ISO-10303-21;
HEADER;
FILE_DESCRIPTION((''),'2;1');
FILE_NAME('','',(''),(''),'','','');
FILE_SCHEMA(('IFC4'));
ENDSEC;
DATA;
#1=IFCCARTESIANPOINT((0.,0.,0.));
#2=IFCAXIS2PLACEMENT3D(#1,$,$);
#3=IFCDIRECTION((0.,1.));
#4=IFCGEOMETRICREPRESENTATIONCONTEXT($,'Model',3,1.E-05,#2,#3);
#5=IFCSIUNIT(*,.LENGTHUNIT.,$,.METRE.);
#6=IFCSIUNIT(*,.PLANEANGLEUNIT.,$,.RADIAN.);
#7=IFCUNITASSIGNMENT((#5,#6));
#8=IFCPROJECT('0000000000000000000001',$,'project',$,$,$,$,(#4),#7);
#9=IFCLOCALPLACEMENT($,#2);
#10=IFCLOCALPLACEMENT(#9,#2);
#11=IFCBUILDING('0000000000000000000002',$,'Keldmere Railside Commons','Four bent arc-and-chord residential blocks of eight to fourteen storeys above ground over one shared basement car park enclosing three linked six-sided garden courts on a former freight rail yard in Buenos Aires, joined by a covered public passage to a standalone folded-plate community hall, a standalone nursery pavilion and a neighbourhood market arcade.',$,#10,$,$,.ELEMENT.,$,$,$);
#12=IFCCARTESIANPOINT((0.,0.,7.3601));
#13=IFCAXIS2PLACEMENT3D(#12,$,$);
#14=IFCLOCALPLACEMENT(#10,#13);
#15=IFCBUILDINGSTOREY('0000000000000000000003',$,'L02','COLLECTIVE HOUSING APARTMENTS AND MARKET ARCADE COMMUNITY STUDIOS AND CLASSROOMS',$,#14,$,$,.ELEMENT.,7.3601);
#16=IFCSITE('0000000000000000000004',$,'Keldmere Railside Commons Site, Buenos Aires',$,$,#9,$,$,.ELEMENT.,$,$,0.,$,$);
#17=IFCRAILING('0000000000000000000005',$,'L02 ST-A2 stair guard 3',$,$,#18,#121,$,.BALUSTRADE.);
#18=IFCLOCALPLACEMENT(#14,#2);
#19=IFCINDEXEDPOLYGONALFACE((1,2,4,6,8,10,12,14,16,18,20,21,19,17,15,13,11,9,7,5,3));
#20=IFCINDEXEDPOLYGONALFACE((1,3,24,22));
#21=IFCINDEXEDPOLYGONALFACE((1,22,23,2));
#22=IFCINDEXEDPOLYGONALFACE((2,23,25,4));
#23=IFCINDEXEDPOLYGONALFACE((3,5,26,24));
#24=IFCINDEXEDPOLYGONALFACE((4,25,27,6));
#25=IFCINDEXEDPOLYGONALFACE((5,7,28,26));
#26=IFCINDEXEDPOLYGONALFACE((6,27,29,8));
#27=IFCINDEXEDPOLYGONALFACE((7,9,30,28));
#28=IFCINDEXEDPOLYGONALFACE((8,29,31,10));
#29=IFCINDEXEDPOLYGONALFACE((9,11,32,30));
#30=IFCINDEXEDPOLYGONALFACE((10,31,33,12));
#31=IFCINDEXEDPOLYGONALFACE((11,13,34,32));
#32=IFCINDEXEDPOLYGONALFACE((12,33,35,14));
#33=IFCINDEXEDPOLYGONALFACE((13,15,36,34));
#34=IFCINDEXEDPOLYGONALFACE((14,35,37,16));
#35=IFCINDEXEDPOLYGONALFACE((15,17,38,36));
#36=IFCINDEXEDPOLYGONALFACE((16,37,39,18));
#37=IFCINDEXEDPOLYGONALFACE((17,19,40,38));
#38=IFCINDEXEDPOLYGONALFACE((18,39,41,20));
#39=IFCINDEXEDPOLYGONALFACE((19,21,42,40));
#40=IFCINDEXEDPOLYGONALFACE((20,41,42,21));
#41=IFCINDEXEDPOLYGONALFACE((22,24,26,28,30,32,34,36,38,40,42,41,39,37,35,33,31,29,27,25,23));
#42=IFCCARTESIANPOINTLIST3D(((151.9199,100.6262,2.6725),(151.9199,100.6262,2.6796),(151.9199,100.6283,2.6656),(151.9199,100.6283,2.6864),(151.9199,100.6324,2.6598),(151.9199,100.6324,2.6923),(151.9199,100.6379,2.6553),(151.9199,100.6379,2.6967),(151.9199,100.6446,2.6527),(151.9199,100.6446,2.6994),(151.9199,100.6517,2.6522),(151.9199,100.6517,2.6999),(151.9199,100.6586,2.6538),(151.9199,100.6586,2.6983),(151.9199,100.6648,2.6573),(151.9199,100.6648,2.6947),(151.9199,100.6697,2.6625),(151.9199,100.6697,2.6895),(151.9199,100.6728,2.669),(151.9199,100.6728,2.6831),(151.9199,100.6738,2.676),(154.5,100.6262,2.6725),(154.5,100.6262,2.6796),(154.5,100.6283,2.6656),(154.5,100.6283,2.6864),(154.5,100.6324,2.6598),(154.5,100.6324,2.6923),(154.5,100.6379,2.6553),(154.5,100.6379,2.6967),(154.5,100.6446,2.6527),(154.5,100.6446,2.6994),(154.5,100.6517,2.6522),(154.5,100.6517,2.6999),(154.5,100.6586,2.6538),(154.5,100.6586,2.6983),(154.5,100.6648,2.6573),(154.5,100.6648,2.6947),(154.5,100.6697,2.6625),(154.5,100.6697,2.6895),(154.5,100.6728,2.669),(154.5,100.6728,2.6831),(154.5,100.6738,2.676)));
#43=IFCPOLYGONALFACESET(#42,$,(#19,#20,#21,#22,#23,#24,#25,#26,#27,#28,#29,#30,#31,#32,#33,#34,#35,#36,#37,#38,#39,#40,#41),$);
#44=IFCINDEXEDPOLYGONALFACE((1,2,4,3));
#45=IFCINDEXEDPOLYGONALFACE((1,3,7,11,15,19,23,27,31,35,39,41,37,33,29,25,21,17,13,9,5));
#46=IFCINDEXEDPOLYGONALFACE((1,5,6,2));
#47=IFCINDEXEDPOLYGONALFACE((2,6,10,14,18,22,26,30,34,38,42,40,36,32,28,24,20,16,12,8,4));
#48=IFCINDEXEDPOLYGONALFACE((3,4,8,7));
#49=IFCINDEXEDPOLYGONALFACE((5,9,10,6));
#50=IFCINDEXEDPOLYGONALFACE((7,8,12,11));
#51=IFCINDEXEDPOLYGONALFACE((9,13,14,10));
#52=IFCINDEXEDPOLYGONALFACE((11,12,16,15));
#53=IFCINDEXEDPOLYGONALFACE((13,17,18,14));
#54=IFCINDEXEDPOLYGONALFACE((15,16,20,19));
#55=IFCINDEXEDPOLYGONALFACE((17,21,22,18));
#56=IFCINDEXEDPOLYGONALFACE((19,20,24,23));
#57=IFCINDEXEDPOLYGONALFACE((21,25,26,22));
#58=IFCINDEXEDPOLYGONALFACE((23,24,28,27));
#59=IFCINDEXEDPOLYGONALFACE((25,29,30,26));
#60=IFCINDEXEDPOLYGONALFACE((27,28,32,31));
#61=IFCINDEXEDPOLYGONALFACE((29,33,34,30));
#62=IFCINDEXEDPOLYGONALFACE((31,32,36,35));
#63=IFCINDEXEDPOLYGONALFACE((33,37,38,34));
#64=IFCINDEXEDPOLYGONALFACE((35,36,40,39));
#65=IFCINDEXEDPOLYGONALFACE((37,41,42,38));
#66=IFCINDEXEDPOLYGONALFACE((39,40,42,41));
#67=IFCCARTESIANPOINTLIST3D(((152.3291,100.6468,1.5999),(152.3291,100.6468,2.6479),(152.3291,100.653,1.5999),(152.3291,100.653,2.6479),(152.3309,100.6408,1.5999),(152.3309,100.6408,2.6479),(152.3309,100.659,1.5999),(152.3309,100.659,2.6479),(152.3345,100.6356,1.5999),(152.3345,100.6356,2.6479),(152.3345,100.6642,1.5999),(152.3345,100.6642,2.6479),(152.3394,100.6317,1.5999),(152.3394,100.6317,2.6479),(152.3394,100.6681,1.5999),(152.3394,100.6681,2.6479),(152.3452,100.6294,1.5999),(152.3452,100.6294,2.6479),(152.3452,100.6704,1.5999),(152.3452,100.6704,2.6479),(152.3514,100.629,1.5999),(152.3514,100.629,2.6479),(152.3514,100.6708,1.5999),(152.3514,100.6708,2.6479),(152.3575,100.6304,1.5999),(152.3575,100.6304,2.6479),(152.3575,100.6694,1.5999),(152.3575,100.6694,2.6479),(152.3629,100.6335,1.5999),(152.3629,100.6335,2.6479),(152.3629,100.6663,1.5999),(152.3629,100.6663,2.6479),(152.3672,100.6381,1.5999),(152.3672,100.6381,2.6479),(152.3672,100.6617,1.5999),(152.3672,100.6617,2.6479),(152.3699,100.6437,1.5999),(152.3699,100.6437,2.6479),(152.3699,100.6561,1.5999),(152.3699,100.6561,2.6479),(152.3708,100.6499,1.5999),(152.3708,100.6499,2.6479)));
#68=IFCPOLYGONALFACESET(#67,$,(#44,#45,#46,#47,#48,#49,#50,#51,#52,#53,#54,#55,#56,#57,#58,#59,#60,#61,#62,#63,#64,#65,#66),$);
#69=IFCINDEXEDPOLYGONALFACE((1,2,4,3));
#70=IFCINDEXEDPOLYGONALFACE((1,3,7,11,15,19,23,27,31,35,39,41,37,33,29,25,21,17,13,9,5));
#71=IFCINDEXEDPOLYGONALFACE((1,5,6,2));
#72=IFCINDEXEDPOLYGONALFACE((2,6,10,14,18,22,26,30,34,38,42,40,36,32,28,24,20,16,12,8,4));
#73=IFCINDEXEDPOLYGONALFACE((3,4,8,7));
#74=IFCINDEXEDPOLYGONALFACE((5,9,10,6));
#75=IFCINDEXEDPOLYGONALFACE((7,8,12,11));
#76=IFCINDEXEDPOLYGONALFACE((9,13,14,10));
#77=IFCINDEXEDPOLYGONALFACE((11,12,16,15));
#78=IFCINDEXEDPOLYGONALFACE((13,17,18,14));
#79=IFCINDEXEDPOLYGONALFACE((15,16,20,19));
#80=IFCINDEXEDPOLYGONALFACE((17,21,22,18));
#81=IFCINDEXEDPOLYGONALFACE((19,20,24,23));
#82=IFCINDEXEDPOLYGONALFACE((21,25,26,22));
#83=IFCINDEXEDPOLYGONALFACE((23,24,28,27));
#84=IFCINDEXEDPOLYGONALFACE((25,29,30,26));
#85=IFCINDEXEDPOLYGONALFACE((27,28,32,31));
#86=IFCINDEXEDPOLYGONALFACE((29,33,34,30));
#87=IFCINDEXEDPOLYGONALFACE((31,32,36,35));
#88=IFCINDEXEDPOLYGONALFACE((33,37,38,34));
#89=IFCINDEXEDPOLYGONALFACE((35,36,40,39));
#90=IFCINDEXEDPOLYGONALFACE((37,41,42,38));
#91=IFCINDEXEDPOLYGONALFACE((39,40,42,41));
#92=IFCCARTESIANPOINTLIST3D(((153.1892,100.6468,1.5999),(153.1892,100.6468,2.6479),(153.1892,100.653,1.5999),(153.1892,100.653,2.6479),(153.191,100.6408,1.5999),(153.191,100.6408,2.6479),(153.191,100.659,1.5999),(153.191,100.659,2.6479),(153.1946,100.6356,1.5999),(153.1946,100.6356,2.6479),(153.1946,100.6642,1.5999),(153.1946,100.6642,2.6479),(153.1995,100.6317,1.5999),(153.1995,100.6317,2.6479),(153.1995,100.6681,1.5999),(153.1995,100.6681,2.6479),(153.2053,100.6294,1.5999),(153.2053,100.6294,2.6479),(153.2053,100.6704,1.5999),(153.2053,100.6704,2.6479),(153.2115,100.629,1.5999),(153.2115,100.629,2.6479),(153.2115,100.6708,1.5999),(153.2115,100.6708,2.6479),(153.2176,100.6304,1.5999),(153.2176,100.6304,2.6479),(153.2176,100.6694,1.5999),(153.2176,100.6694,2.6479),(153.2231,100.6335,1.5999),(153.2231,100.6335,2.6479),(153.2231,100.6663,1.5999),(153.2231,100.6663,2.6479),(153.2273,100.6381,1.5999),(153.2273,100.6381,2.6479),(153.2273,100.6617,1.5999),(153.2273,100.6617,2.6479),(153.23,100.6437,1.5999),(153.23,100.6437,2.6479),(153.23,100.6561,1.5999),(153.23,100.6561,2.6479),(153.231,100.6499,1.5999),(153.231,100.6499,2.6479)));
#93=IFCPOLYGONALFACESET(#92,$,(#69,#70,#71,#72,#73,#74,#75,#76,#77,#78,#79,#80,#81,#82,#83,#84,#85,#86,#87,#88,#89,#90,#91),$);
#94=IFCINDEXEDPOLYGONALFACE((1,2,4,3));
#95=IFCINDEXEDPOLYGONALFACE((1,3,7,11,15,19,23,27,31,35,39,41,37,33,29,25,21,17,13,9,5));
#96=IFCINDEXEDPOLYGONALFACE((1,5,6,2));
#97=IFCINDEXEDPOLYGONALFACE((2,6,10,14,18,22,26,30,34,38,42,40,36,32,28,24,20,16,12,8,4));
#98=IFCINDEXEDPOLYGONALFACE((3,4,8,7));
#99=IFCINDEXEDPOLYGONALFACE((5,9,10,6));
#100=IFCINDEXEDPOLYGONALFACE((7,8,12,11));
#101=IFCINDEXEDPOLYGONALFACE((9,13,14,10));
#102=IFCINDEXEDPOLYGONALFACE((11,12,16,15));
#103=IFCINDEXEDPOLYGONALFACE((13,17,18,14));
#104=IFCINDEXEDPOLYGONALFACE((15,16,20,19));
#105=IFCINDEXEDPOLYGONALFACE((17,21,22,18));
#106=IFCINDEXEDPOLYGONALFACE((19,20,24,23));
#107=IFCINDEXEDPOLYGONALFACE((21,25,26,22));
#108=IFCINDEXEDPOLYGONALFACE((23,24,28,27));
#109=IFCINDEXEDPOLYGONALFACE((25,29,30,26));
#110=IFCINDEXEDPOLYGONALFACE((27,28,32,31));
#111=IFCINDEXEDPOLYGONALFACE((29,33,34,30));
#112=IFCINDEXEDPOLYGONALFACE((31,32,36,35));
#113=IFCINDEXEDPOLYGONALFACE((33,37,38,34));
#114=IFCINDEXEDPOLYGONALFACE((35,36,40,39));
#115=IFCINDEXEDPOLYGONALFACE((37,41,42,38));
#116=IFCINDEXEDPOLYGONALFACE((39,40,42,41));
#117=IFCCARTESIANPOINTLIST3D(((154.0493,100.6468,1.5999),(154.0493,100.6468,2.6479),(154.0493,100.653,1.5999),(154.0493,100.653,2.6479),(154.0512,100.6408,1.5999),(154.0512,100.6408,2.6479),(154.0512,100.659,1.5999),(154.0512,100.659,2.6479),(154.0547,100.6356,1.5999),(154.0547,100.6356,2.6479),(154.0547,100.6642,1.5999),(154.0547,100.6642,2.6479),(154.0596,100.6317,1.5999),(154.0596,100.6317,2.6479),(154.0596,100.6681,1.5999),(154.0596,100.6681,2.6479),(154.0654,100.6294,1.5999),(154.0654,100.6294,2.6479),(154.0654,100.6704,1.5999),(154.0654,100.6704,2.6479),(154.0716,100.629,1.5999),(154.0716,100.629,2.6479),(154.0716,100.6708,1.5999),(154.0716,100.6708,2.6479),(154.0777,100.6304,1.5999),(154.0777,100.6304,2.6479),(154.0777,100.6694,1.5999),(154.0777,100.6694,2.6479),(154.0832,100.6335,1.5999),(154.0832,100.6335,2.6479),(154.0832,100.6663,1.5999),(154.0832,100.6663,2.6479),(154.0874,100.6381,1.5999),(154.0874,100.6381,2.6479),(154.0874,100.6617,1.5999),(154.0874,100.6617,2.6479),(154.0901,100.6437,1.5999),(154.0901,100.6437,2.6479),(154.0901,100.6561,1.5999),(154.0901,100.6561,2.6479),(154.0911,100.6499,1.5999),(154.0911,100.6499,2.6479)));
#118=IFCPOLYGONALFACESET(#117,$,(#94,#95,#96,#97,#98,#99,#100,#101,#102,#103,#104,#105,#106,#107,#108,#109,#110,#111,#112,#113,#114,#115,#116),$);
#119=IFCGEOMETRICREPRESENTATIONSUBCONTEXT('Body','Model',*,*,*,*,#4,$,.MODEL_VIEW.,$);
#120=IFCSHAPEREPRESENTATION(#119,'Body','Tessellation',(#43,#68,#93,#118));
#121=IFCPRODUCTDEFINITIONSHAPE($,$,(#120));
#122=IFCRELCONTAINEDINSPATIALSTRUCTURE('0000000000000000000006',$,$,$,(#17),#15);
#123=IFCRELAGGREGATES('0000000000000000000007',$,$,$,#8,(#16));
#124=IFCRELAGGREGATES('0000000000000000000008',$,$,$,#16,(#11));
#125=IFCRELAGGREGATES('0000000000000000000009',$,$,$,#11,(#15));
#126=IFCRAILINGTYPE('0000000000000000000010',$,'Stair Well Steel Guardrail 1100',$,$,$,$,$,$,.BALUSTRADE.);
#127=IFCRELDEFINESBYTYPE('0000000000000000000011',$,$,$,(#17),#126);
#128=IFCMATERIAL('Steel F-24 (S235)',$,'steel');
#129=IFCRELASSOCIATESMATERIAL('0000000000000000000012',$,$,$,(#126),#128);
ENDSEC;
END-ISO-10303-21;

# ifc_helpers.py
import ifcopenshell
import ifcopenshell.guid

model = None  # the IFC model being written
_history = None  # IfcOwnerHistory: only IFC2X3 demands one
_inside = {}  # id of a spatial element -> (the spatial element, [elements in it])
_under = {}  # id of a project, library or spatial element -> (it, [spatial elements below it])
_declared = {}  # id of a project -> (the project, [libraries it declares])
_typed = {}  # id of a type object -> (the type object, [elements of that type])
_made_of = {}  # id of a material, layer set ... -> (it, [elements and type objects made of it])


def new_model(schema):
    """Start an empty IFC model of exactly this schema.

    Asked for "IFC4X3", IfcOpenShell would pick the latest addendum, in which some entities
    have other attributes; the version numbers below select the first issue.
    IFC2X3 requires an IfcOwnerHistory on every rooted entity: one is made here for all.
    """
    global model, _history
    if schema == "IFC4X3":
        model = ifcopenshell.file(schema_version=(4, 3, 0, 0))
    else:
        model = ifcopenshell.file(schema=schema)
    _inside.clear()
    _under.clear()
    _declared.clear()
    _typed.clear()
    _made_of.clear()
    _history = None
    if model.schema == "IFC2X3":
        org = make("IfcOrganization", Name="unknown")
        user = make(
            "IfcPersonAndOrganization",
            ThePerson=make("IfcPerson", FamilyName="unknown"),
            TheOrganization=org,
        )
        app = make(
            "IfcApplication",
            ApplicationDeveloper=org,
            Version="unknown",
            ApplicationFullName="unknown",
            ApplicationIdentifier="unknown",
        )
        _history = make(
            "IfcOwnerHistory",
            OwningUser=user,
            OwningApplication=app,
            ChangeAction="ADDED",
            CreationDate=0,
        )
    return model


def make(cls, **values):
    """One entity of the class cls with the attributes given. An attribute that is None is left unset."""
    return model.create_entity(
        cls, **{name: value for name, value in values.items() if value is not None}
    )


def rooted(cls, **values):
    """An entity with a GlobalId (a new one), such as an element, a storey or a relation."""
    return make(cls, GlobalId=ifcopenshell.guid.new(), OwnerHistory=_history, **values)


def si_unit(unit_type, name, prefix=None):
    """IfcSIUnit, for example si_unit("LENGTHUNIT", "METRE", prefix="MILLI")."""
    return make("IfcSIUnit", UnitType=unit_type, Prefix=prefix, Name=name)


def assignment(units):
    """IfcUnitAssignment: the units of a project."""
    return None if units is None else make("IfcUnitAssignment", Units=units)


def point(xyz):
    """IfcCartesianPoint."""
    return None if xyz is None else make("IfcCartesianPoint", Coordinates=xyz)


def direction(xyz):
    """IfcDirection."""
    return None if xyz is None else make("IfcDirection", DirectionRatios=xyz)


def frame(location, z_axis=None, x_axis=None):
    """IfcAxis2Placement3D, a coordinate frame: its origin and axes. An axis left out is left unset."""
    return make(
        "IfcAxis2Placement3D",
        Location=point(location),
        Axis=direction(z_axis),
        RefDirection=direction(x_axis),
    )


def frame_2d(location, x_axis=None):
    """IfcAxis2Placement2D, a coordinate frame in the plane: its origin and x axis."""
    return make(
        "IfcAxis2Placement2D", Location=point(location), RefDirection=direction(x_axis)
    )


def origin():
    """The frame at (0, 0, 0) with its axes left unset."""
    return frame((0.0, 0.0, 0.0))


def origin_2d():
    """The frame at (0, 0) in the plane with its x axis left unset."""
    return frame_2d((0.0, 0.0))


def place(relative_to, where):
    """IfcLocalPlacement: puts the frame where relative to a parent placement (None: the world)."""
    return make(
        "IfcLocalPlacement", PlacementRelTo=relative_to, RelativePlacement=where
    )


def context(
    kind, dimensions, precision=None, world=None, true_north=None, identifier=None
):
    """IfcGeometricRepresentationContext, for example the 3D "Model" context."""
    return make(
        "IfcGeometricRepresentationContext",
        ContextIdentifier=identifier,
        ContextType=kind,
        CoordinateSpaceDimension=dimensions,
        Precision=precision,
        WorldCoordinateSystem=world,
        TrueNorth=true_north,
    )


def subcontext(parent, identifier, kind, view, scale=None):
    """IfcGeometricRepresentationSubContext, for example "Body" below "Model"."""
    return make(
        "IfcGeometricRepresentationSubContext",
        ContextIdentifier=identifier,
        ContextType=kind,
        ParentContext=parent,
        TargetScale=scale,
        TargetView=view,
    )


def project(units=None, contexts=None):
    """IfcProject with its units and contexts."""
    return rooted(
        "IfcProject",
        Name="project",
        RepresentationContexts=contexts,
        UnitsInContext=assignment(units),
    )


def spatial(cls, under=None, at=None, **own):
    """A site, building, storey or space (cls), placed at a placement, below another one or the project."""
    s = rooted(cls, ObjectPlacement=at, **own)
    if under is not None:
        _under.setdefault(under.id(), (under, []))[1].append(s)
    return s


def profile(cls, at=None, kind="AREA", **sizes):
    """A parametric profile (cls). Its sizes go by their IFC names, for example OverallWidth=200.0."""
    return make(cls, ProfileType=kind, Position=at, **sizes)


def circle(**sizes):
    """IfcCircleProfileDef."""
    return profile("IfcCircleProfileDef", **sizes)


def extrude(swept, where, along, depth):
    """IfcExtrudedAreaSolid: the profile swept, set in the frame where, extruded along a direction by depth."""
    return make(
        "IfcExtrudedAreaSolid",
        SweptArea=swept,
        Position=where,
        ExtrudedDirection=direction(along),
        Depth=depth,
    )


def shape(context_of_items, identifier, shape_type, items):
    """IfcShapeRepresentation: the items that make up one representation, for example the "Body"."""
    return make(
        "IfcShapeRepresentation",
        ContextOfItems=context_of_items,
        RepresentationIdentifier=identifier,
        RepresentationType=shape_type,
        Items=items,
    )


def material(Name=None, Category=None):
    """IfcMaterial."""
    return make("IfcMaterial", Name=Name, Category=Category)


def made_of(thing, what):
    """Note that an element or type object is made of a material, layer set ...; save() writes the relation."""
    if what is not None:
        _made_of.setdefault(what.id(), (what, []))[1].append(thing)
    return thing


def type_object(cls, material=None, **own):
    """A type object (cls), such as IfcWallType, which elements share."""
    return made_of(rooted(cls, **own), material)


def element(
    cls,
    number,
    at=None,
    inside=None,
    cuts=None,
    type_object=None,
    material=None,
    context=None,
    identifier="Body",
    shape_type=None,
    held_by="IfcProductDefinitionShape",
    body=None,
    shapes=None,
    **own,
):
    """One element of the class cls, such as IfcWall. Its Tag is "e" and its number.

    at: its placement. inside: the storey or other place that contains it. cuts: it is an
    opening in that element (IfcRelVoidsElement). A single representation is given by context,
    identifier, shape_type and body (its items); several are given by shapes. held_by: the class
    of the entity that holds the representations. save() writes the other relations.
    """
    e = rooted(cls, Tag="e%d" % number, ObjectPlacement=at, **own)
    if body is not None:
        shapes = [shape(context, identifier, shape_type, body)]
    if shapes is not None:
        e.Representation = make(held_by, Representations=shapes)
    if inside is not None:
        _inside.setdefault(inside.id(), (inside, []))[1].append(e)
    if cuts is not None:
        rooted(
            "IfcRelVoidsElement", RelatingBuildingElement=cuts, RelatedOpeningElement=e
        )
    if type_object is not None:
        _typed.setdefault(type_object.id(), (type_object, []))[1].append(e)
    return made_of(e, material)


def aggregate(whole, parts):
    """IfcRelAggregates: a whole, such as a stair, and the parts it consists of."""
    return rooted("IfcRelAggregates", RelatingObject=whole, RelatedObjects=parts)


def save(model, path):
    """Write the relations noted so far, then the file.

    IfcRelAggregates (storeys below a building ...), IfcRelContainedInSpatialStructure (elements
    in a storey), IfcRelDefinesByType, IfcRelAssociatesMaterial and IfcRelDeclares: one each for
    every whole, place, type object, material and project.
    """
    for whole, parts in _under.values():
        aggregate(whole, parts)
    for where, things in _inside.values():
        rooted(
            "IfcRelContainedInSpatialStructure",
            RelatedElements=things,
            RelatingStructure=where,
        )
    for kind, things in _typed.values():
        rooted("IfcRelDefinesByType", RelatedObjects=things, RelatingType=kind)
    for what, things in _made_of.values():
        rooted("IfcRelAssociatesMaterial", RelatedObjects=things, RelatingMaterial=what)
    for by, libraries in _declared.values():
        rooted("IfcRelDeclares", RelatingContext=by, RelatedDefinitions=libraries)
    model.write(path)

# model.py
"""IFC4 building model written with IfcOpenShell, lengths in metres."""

from ifc_helpers import new_model, si_unit, direction, frame, origin, origin_2d, place, context, subcontext, project, spatial, circle, extrude, material, type_object, element, save


model = new_model("IFC4")

# Units and contexts
model_context = context("Model", 3, precision=1e-05, world=origin(), true_north=direction((0.0, 1.0)))
body_context = subcontext(model_context, "Body", "Model", "MODEL_VIEW")
ifc_project = project(units=[si_unit("LENGTHUNIT", "METRE"), si_unit("PLANEANGLEUNIT", "RADIAN")], contexts=[model_context])

# Site, building, storey
site_placement = place(None, origin())
site = spatial("IfcSite", under=ifc_project, at=site_placement, Name="Keldmere Railside Commons Site, Buenos Aires", CompositionType="ELEMENT", RefElevation=0.0)
building_placement = place(site_placement, origin())
building = spatial("IfcBuilding", under=site, at=building_placement, Name="Keldmere Railside Commons", Description="Four bent arc-and-chord residential blocks of eight to fourteen storeys above ground over one shared basement car park enclosing three linked six-sided garden courts on a former freight rail yard in Buenos Aires, joined by a covered public passage to a standalone folded-plate community hall, a standalone nursery pavilion and a neighbourhood market arcade.", CompositionType="ELEMENT")
storey_placement = place(building_placement, frame((0.0, 0.0, 7.3601)))
storey = spatial("IfcBuildingStorey", under=building, at=storey_placement, Name="L02", Description="COLLECTIVE HOUSING APARTMENTS AND MARKET ARCADE COMMUNITY STUDIOS AND CLASSROOMS", CompositionType="ELEMENT", Elevation=7.3601)

# Railing
ifc_material_1 = material(Name="Steel F-24 (S235)", Category="steel")
railing_type_1 = type_object("IfcRailingType", Name="Stair Well Steel Guardrail 1100", PredefinedType="BALUSTRADE", material=ifc_material_1)
railing_1_placement = place(storey_placement, frame((151.9199, 100.6499, 1.5999)))
element("IfcRailing", 1, at=railing_1_placement, inside=storey, type_object=railing_type_1, Name="L02 ST-A2 stair guard 3", PredefinedType="BALUSTRADE", context=body_context, shape_type="SweptSolid", body=[
    extrude(circle(Radius=0.0239, at=origin_2d()), frame((0.0, 0.0, 1.0762), z_axis=(1.0, 0.0, 0.0), x_axis=(0.0, 1.0, 0.0)), (0.0, 0.0, 1.0), 2.5801),
    extrude(circle(Radius=0.021, at=origin_2d()), frame((0.4299, 0.0, 0.0)), (0.0, 0.0, 1.0), 1.0481),
    extrude(circle(Radius=0.021, at=origin_2d()), frame((1.29, 0.0, 0.0)), (0.0, 0.0, 1.0), 1.0481),
    extrude(circle(Radius=0.021, at=origin_2d()), frame((2.1501, 0.0, 0.0)), (0.0, 0.0, 1.0), 1.0481),
])

save(model, "model.ifc")
